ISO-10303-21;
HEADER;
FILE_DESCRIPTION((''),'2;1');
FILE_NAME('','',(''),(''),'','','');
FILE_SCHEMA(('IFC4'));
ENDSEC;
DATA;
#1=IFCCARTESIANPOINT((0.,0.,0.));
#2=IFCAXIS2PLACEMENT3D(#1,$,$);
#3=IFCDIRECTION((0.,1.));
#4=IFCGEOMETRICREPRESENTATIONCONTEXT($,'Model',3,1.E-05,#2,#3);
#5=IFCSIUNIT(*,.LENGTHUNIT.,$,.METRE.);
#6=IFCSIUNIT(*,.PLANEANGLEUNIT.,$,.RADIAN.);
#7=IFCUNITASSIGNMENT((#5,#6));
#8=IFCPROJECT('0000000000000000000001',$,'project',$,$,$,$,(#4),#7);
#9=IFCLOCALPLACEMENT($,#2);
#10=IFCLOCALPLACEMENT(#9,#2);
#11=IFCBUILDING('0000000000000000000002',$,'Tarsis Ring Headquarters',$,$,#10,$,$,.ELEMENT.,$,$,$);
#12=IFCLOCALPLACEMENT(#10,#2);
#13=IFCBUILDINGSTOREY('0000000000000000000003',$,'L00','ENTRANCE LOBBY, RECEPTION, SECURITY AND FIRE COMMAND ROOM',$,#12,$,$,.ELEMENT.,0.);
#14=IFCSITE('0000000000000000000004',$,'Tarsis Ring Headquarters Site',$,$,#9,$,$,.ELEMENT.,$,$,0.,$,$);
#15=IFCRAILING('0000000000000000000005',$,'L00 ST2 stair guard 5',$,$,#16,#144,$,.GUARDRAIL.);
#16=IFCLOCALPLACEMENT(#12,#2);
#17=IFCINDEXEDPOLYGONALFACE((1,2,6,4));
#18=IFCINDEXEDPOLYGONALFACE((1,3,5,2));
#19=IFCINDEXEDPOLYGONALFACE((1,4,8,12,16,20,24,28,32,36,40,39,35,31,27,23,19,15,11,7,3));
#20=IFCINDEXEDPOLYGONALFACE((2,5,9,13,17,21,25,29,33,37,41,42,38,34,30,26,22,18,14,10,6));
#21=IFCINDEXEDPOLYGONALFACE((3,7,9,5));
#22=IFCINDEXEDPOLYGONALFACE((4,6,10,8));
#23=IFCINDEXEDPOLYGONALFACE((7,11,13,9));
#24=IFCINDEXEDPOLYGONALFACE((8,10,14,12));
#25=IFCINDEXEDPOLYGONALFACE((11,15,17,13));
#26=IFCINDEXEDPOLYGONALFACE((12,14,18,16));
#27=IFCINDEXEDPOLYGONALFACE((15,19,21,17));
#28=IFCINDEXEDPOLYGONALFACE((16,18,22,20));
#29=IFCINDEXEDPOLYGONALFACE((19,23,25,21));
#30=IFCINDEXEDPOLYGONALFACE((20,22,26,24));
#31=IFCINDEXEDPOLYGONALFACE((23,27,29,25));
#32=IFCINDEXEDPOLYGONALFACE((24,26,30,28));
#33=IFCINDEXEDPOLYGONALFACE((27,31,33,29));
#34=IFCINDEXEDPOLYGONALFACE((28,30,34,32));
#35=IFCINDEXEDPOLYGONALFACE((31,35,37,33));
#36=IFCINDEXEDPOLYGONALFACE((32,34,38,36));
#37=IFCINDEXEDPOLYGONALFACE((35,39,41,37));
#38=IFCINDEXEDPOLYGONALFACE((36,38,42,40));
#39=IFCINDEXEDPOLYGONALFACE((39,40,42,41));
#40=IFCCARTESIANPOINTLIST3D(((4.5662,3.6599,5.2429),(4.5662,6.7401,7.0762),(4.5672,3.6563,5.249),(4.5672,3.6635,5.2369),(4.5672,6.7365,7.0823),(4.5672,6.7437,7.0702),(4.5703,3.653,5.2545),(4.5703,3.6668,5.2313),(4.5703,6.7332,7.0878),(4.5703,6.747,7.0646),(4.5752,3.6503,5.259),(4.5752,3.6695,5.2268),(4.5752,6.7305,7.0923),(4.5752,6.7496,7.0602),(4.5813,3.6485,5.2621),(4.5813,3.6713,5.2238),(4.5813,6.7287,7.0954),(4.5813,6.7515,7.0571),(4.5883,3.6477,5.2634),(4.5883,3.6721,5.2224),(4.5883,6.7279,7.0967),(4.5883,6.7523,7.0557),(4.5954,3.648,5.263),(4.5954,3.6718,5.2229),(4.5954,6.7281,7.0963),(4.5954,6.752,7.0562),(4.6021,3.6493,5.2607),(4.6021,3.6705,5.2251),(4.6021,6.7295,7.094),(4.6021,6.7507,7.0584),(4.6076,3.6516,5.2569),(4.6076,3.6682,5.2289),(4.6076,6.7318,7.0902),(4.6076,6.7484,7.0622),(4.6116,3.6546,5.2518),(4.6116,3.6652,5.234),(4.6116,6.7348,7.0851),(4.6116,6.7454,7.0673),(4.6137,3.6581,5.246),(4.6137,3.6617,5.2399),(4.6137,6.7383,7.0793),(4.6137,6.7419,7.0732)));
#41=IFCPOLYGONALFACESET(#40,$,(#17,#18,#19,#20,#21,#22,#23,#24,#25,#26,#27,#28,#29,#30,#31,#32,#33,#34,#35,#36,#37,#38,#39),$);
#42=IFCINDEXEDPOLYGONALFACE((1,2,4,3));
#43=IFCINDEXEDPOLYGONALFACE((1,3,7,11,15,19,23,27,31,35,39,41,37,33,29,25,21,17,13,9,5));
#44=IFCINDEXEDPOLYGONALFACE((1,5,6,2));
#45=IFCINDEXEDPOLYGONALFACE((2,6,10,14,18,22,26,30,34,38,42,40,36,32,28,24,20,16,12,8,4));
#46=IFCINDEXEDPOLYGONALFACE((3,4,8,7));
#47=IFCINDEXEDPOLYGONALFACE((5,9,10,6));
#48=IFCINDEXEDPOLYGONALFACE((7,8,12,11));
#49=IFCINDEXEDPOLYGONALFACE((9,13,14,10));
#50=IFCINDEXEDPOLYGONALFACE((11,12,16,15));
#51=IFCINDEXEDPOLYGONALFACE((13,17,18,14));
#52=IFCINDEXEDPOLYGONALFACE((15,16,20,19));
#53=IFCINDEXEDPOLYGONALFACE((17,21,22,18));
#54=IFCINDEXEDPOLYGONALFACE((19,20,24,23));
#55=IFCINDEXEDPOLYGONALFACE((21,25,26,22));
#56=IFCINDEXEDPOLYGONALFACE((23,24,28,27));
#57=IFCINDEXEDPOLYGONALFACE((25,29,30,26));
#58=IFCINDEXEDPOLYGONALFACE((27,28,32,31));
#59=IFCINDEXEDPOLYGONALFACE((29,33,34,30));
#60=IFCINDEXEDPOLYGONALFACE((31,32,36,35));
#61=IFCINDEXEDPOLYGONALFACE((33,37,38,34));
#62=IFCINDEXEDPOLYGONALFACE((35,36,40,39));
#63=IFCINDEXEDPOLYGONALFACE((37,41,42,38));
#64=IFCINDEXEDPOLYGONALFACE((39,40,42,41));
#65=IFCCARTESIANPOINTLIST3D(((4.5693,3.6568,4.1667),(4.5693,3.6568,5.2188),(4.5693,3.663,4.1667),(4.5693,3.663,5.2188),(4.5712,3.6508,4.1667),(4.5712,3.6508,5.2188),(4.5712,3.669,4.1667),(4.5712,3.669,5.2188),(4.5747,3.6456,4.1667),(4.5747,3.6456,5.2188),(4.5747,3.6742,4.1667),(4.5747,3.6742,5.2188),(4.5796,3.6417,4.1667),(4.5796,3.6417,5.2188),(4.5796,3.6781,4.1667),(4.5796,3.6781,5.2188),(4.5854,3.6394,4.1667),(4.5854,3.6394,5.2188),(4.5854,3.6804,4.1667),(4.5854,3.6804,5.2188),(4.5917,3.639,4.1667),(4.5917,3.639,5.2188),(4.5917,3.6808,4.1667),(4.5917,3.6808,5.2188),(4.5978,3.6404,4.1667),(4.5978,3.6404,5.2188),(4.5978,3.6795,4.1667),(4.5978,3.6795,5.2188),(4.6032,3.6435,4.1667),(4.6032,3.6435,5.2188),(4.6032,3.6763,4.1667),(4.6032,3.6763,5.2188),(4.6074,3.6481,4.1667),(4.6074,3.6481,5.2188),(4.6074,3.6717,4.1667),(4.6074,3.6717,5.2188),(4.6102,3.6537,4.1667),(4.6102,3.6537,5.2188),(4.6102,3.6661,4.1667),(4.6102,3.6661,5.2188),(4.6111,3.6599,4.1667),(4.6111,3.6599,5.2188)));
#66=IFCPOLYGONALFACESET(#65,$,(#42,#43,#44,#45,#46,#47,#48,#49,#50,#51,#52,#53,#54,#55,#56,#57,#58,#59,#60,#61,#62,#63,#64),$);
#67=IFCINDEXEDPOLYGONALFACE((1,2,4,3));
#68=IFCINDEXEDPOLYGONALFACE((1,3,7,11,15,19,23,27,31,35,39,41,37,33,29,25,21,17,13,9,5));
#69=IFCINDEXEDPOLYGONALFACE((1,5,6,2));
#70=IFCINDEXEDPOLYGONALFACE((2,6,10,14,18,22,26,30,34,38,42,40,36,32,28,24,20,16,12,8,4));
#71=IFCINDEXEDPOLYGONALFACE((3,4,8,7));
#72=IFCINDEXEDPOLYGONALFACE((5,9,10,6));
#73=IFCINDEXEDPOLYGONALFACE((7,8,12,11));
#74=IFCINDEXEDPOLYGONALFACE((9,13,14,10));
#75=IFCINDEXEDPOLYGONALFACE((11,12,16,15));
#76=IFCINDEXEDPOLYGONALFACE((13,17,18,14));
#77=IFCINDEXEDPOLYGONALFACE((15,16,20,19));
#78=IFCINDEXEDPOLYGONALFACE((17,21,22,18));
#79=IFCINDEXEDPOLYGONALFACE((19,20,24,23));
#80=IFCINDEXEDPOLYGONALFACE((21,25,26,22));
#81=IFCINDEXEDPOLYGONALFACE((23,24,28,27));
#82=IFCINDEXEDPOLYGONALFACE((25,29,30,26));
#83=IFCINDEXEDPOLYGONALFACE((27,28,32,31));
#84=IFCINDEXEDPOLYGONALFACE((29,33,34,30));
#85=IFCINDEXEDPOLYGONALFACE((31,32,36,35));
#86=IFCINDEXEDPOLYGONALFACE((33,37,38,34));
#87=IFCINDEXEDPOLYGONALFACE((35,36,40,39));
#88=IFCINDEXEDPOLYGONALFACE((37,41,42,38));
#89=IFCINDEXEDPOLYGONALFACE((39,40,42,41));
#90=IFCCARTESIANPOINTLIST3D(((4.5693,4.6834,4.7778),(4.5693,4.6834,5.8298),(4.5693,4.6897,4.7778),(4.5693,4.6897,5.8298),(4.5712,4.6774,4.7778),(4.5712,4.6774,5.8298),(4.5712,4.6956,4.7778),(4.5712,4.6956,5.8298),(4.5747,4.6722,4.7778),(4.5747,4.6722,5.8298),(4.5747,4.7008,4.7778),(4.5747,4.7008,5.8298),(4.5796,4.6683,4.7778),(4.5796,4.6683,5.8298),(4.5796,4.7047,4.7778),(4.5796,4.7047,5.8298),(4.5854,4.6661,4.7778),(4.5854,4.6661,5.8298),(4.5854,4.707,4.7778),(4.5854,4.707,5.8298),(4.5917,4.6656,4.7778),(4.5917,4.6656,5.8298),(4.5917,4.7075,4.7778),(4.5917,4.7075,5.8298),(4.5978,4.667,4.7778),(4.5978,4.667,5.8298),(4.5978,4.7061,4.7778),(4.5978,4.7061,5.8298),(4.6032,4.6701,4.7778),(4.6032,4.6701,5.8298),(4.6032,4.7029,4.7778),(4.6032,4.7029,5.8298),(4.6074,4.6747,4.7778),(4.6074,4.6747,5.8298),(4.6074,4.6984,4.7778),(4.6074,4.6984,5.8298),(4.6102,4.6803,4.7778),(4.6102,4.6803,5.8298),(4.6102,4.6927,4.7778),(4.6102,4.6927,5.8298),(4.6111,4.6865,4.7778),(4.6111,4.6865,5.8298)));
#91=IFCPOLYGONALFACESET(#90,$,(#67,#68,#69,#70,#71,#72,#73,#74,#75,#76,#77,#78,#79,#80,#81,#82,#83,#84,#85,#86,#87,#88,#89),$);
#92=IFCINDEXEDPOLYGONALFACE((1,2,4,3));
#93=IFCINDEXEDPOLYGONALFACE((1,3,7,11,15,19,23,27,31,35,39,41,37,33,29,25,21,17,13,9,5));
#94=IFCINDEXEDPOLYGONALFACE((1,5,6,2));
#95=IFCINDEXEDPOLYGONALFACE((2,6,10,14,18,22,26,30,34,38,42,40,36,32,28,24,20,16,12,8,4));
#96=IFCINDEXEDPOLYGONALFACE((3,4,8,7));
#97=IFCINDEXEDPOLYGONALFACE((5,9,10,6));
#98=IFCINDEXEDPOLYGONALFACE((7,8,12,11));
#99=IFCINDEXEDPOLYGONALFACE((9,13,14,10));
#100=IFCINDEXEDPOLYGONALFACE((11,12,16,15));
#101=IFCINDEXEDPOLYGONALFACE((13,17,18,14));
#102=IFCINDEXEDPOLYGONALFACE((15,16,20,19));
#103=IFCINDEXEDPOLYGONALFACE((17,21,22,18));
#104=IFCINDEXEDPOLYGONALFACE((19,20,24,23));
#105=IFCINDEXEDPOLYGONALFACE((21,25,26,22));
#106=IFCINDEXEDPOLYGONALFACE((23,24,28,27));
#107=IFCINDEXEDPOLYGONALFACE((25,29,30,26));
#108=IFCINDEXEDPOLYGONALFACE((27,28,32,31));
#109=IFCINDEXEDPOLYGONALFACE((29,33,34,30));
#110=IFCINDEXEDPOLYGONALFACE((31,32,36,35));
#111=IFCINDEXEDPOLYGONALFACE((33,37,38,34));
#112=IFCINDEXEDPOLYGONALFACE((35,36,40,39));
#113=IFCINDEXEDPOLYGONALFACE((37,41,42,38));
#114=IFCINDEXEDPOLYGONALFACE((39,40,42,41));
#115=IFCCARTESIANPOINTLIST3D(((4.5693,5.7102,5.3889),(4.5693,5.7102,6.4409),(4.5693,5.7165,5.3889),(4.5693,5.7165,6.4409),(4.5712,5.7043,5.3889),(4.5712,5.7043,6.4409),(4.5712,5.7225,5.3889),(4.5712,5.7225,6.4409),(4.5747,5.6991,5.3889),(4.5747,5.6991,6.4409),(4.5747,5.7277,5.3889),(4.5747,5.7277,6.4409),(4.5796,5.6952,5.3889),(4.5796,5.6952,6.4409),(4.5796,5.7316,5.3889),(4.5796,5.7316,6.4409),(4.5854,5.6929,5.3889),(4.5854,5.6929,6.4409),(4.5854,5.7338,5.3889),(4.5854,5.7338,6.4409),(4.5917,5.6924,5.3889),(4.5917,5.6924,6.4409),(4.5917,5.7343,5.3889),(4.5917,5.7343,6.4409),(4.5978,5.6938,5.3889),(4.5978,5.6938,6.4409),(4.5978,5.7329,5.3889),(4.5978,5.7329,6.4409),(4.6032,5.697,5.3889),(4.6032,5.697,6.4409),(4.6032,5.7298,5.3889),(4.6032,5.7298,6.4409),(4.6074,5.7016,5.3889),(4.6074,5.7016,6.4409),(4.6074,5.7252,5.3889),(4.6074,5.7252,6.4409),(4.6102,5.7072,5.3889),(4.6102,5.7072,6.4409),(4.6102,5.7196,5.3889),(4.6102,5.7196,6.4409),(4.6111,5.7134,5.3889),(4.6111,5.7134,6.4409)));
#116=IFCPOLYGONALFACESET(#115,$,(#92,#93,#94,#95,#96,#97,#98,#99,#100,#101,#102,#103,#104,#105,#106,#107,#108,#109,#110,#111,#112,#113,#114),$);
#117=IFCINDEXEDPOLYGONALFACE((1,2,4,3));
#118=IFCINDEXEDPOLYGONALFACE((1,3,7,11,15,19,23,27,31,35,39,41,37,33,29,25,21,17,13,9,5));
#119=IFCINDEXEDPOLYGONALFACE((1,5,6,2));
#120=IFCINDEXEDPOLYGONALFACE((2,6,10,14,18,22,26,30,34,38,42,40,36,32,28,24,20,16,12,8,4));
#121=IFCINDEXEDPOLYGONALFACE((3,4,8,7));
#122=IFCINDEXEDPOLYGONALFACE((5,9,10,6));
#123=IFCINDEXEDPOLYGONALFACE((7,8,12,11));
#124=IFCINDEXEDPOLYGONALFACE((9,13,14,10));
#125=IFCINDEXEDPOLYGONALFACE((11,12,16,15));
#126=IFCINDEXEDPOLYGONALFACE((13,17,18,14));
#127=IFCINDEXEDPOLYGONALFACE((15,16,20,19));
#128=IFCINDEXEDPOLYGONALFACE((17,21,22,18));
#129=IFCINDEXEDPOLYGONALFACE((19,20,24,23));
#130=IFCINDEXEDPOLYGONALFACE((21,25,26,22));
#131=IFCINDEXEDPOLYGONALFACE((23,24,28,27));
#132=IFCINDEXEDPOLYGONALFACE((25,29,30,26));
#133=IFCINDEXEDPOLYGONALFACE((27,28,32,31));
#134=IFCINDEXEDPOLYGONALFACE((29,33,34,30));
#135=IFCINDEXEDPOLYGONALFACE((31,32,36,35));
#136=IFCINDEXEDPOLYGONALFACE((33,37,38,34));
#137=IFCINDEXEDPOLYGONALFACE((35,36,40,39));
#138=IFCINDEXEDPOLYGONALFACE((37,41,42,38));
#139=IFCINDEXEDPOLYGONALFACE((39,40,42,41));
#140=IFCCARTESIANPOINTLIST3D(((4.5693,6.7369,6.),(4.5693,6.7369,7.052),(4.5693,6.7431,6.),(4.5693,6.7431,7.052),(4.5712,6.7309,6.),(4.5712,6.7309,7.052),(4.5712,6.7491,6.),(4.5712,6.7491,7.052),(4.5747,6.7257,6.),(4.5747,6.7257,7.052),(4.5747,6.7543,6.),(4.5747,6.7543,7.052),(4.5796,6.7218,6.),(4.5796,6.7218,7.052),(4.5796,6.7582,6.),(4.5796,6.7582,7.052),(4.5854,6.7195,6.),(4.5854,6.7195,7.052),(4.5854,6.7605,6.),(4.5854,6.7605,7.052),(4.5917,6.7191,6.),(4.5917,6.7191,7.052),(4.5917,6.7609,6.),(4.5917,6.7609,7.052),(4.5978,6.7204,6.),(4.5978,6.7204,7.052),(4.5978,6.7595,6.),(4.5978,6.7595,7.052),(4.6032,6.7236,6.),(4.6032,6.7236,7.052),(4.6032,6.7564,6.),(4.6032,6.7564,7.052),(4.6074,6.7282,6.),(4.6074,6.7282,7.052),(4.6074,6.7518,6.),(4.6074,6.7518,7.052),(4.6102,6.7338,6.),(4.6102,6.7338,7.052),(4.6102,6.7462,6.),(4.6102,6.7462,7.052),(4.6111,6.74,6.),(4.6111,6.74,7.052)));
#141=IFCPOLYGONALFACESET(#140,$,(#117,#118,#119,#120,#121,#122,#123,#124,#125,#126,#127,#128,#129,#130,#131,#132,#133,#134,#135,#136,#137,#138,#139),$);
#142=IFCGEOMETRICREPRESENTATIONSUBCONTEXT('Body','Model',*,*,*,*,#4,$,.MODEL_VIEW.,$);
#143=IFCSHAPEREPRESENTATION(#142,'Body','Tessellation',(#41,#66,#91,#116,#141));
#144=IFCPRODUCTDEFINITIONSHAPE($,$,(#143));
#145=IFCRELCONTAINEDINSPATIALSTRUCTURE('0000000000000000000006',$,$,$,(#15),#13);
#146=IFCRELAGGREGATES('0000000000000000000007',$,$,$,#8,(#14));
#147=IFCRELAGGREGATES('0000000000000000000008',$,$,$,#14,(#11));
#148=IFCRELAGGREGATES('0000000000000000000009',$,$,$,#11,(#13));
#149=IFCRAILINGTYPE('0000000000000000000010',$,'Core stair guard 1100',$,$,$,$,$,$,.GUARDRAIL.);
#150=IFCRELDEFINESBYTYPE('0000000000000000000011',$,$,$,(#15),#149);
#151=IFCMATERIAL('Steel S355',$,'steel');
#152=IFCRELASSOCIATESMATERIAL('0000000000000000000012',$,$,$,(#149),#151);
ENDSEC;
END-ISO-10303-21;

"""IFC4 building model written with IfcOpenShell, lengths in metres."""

from ifc_helpers import new_model, si_unit, direction, frame, origin, origin_2d, place, context, subcontext, project, spatial, circle, extrude, material, type_object, element, save


model = new_model("IFC4")

# Units and contexts
model_context = context("Model", 3, precision=1e-05, world=origin(), true_north=direction((0.0, 1.0)))
body_context = subcontext(model_context, "Body", "Model", "MODEL_VIEW")
ifc_project = project(units=[si_unit("LENGTHUNIT", "METRE"), si_unit("PLANEANGLEUNIT", "RADIAN")], contexts=[model_context])

# Site, building, storey
site_placement = place(None, origin())
site = spatial("IfcSite", under=ifc_project, at=site_placement, Name="Tarsis Ring Headquarters Site", CompositionType="ELEMENT", RefElevation=0.0)
building_placement = place(site_placement, origin())
building = spatial("IfcBuilding", under=site, at=building_placement, Name="Tarsis Ring Headquarters", CompositionType="ELEMENT")
storey_placement = place(building_placement, origin())
storey = spatial("IfcBuildingStorey", under=building, at=storey_placement, Name="L00", Description="ENTRANCE LOBBY, RECEPTION, SECURITY AND FIRE COMMAND ROOM", CompositionType="ELEMENT", Elevation=0.0)

# Railing
ifc_material_1 = material(Name="Steel S355", Category="steel")
railing_type_1 = type_object("IfcRailingType", Name="Core stair guard 1100", PredefinedType="GUARDRAIL", material=ifc_material_1)
railing_1_placement = place(storey_placement, frame((4.5901, 3.6599, 4.1667)))
element("IfcRailing", 1, at=railing_1_placement, inside=storey, type_object=railing_type_1, Name="L00 ST2 stair guard 5", PredefinedType="GUARDRAIL", context=body_context, shape_type="SweptSolid", body=[
    extrude(circle(Radius=0.0239, at=origin_2d()), frame((0.0, 0.0, 1.0762), z_axis=(0.0, 0.859309, 0.511458), x_axis=(-1.0, 0.0, 0.0)), (0.0, 0.0, 1.0), 3.5845),
    extrude(circle(Radius=0.021, at=origin_2d()), origin(), (0.0, 0.0, 1.0), 1.052),
    extrude(circle(Radius=0.021, at=origin_2d()), frame((0.0, 1.0266, 0.6111)), (0.0, 0.0, 1.0), 1.052),
    extrude(circle(Radius=0.021, at=origin_2d()), frame((0.0, 2.0535, 1.2222)), (0.0, 0.0, 1.0), 1.052),
    extrude(circle(Radius=0.021, at=origin_2d()), frame((0.0, 3.0801, 1.8333)), (0.0, 0.0, 1.0), 1.052),
])

save(model, "model.ifc")
